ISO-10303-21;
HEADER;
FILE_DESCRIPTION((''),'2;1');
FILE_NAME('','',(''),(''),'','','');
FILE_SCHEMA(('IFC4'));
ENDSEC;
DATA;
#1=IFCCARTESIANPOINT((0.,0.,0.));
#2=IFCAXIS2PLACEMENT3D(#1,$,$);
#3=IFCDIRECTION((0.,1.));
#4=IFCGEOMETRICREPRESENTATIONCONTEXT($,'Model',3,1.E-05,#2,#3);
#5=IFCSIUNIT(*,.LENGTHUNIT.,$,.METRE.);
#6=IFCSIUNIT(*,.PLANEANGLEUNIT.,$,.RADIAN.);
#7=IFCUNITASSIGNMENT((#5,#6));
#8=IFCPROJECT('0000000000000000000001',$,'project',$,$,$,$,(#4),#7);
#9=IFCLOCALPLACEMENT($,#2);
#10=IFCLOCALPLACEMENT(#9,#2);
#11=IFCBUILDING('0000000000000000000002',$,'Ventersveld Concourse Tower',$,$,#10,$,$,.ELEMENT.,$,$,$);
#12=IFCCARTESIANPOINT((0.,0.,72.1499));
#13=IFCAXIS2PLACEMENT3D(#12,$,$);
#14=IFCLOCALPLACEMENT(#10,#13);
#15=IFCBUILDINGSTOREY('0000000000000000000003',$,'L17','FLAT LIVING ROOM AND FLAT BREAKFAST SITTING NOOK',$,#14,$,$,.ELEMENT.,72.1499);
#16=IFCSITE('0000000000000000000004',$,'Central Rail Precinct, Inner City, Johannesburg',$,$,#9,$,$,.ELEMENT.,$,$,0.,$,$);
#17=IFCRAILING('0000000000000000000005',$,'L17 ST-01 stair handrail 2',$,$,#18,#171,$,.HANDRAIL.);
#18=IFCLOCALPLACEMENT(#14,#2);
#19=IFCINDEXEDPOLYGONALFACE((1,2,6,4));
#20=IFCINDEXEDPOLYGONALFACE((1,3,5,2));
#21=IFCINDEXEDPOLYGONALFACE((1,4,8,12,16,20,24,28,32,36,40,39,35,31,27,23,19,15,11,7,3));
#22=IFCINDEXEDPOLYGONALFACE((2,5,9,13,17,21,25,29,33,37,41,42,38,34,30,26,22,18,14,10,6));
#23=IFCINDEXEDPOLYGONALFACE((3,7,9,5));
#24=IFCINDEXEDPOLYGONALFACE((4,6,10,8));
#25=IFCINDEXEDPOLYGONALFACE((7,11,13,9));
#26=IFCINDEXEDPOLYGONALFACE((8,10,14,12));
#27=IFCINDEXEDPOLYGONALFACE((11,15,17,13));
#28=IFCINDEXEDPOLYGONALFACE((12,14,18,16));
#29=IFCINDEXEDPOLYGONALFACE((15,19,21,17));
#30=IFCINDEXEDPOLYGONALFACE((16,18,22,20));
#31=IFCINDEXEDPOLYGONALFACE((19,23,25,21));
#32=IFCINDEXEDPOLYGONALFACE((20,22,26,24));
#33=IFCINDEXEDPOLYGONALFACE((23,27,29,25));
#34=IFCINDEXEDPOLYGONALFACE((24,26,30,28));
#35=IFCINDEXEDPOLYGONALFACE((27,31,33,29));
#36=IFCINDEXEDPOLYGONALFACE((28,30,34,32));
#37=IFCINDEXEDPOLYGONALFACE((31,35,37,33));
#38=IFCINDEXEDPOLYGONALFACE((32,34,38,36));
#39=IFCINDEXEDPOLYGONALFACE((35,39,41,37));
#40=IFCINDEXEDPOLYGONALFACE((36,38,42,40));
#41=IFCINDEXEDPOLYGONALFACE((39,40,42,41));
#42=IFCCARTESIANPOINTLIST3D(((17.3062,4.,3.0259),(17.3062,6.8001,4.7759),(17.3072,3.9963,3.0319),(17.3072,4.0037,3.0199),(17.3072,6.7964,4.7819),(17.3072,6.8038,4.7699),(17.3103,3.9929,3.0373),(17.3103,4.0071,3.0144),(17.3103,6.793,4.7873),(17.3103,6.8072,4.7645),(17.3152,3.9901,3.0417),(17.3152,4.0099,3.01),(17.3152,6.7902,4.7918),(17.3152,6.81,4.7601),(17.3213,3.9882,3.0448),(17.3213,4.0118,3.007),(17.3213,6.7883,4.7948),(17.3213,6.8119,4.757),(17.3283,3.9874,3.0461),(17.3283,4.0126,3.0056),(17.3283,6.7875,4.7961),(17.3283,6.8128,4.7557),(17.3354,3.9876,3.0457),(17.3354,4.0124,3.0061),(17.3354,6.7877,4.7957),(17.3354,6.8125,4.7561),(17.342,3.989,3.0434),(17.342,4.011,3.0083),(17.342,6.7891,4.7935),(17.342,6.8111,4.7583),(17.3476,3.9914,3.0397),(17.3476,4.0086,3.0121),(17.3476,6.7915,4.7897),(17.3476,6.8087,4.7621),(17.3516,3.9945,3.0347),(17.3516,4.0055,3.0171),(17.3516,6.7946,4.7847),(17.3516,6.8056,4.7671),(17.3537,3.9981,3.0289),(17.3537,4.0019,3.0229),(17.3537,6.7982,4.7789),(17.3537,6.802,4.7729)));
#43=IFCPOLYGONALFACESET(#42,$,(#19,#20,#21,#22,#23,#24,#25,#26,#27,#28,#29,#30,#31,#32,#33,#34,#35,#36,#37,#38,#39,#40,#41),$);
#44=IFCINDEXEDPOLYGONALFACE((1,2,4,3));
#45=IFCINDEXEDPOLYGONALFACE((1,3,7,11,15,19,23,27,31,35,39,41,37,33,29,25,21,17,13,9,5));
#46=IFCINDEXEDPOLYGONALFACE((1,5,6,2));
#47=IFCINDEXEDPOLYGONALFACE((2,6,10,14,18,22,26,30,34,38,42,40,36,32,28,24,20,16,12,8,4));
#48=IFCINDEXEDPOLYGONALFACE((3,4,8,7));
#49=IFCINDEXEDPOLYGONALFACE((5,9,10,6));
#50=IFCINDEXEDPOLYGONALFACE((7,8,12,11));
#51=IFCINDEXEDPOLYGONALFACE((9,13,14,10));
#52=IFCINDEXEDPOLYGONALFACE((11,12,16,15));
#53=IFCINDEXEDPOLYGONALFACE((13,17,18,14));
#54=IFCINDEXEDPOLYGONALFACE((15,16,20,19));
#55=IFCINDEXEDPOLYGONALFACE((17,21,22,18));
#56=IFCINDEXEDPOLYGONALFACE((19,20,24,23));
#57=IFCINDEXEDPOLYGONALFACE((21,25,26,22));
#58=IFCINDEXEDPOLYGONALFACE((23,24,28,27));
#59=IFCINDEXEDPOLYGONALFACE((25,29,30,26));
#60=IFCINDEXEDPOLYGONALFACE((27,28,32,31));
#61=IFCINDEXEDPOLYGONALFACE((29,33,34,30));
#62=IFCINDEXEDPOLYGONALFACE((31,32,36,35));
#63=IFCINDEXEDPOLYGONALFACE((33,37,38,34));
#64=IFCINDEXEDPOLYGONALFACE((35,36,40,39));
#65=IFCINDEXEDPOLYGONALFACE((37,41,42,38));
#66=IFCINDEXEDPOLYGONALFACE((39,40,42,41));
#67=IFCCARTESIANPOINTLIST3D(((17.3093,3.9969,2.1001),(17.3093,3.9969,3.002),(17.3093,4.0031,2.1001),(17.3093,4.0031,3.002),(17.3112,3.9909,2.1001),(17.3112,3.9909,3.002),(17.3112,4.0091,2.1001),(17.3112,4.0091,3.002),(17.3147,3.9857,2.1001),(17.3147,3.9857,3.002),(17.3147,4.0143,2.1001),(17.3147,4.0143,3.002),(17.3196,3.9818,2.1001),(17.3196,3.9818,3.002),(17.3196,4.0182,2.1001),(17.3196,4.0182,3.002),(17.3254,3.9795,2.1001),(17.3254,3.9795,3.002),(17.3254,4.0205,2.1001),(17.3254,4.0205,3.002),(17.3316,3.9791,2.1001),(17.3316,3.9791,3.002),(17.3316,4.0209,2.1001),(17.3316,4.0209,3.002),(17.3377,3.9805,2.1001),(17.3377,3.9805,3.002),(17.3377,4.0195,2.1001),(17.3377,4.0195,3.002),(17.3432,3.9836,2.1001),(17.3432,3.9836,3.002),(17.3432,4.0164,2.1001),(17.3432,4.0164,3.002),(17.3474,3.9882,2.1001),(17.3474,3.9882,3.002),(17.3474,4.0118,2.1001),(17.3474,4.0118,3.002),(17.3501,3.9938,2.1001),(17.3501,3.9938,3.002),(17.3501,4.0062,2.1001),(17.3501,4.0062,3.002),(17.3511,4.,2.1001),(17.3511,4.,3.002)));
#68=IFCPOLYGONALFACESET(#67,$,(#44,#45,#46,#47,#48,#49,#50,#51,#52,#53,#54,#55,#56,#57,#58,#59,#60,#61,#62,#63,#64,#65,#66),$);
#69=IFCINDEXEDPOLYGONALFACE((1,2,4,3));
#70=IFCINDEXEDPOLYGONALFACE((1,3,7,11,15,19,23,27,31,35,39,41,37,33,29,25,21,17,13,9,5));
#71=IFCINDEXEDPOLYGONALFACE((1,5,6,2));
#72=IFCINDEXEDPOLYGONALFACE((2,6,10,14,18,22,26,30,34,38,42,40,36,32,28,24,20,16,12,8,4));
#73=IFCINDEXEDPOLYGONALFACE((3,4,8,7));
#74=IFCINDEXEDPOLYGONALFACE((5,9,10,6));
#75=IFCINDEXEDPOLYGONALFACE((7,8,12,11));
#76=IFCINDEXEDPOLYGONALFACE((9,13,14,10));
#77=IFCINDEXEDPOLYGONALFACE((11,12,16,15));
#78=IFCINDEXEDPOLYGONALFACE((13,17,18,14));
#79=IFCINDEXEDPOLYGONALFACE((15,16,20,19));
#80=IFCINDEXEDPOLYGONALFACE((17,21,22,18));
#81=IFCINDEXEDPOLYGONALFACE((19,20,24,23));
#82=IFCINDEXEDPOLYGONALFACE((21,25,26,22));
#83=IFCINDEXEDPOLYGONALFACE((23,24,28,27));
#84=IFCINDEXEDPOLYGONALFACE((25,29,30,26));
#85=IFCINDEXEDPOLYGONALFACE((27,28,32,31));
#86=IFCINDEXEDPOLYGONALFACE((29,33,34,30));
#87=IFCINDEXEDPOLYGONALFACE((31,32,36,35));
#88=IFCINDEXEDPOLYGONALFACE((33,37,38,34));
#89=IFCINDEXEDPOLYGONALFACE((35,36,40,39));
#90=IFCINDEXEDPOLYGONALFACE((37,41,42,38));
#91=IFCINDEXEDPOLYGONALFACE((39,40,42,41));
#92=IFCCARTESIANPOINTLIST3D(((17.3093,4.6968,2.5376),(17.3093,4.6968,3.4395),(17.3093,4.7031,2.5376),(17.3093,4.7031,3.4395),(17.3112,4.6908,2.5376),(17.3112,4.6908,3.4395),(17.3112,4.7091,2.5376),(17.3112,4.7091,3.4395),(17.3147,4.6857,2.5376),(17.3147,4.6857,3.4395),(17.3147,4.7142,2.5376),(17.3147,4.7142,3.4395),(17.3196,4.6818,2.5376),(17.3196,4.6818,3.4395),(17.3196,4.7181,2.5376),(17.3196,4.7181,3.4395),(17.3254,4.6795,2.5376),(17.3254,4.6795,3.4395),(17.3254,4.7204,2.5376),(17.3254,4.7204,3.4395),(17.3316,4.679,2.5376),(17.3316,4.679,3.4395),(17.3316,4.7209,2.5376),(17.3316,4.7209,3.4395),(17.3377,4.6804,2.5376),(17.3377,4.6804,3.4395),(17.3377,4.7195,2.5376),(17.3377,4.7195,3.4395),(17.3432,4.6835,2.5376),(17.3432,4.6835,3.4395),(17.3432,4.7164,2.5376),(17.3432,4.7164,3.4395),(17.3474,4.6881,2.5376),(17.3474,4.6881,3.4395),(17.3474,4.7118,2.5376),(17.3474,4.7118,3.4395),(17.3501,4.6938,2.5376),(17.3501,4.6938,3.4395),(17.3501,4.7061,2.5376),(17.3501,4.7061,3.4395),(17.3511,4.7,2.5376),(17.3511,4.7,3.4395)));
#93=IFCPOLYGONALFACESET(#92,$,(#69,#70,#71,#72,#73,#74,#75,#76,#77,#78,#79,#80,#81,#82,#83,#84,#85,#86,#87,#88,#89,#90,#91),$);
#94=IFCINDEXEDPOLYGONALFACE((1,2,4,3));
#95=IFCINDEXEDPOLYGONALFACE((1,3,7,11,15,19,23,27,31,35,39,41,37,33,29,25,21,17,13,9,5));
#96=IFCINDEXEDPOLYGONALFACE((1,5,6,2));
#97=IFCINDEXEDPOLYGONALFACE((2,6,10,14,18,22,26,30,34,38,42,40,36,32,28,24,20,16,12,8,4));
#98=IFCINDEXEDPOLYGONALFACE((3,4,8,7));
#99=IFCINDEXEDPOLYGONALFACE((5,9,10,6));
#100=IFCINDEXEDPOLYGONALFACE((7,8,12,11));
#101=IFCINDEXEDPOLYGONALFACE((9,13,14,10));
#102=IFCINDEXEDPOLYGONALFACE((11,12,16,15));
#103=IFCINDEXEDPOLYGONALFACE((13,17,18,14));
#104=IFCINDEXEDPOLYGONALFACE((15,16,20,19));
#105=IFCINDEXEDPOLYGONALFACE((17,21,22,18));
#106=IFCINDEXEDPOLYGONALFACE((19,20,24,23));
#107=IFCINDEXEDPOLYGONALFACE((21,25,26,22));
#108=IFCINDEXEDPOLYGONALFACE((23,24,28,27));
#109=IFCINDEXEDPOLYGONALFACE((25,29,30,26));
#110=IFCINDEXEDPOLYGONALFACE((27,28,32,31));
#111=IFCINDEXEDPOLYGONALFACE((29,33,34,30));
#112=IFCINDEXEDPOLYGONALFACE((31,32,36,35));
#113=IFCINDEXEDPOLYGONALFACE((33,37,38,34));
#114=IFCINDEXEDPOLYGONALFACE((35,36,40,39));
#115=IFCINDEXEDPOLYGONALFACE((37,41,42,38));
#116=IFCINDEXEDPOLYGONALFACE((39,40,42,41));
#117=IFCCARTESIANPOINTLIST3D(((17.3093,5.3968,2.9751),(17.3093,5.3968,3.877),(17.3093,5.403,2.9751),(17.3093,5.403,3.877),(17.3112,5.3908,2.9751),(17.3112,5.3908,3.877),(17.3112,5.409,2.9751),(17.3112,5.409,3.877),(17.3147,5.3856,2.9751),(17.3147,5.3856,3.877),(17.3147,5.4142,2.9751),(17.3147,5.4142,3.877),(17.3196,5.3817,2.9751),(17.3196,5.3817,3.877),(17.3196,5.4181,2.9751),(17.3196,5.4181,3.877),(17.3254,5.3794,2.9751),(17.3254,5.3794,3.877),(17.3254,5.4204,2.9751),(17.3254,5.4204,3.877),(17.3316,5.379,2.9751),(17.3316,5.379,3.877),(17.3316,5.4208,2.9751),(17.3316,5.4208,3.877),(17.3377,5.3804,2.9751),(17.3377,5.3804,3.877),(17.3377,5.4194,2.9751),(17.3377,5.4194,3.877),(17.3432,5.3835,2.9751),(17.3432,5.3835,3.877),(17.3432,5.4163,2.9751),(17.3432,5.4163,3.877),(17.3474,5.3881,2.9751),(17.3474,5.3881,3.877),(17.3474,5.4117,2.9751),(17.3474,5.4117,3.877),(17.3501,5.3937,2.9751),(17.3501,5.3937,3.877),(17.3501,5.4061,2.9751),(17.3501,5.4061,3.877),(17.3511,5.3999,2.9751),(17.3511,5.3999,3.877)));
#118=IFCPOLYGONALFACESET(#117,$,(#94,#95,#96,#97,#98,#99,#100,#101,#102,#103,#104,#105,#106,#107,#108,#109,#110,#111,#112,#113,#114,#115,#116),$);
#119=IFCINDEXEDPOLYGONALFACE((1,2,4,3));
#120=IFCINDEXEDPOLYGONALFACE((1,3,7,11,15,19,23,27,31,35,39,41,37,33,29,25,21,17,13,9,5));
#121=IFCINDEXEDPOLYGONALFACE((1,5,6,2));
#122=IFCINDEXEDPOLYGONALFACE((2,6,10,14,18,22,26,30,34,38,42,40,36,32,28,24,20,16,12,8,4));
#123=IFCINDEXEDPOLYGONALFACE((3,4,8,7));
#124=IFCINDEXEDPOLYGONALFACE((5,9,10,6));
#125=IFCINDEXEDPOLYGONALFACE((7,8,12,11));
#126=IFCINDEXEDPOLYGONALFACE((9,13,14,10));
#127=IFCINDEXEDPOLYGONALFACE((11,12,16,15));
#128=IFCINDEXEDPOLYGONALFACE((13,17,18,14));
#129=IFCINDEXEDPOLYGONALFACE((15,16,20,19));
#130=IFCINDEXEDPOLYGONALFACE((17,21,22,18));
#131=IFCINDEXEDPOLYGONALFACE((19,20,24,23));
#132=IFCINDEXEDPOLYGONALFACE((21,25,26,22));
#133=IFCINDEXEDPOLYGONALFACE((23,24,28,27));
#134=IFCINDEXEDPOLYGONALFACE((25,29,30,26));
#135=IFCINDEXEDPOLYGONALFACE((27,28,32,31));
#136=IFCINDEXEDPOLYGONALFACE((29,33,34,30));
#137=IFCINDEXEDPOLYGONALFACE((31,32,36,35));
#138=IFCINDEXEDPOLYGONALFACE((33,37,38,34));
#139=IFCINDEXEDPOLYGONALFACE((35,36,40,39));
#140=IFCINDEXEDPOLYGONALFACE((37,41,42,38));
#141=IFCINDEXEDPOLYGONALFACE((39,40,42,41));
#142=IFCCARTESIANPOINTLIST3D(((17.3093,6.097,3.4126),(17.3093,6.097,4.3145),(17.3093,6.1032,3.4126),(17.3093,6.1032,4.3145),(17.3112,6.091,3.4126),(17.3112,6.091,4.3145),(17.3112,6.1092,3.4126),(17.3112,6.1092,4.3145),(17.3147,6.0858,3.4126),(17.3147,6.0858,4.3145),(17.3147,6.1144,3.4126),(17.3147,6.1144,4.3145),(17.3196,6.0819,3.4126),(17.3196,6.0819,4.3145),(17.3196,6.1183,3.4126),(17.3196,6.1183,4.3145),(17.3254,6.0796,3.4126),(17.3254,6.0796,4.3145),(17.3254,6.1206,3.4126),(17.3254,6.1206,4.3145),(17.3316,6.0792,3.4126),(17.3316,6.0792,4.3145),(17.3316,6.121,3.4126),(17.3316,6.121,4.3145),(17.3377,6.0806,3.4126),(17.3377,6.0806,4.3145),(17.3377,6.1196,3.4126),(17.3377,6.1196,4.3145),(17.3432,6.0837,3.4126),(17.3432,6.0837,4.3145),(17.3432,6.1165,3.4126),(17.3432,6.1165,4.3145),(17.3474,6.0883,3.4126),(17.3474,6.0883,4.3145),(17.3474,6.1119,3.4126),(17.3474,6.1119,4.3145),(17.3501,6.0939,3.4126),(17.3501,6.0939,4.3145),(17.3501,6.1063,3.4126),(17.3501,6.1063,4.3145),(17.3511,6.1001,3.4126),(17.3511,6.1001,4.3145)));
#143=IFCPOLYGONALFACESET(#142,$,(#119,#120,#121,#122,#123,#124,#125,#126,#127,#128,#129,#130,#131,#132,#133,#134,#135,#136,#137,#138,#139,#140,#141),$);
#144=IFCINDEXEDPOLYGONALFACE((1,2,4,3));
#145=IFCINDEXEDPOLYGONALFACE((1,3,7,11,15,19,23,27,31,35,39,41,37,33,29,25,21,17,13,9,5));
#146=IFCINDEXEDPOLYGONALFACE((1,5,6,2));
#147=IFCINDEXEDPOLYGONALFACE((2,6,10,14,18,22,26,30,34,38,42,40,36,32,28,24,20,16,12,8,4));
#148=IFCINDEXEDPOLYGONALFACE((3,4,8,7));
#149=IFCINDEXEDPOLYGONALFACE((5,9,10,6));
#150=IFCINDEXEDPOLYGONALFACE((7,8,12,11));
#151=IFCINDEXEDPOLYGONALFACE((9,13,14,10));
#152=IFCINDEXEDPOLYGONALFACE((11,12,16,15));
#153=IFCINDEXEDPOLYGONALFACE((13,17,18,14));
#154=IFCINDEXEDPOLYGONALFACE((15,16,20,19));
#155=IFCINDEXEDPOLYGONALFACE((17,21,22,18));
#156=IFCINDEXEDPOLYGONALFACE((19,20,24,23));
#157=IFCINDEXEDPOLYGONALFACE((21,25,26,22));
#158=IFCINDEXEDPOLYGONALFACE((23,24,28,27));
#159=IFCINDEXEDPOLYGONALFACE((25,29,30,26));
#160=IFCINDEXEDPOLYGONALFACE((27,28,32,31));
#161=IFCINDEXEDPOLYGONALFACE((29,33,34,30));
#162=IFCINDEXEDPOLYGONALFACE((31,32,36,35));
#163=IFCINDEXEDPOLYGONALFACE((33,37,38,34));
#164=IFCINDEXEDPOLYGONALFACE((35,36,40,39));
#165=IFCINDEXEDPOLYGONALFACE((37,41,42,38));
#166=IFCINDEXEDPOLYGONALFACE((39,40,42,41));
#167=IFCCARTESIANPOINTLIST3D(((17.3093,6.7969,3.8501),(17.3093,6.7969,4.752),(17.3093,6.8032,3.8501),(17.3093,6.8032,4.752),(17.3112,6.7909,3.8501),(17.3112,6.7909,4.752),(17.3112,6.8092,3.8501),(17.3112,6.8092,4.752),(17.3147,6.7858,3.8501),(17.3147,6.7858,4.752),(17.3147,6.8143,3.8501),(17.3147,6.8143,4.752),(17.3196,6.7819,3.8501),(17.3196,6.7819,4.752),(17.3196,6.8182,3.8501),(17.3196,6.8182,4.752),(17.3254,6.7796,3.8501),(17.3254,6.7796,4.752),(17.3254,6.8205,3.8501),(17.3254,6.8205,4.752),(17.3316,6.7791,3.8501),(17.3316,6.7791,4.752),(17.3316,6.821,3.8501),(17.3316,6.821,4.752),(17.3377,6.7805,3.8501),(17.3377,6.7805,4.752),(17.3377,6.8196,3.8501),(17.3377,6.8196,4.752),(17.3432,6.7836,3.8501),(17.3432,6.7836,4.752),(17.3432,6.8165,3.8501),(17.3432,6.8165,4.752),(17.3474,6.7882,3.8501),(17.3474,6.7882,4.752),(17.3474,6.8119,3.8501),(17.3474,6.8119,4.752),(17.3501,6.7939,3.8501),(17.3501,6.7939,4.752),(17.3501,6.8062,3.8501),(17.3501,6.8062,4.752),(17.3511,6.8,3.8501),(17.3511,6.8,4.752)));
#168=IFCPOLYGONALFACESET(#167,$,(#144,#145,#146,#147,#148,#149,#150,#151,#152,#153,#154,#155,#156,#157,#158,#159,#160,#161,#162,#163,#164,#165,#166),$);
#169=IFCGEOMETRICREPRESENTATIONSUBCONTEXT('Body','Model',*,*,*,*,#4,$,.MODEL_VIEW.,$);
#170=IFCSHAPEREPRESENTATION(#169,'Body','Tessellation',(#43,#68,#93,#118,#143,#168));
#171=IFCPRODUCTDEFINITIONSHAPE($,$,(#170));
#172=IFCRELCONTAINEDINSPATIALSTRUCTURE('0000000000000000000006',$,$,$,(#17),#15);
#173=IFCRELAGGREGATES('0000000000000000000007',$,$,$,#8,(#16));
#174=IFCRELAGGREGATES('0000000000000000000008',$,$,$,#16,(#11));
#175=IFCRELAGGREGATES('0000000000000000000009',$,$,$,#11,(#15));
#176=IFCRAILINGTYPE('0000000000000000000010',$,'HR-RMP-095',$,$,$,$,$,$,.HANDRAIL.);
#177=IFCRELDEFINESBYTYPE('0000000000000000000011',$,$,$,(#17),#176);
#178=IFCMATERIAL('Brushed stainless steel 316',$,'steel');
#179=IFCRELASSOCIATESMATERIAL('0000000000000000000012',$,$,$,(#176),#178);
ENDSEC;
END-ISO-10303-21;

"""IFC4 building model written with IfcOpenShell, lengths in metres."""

from ifc_helpers import new_model, si_unit, direction, frame, origin, origin_2d, place, context, subcontext, project, spatial, circle, extrude, material, type_object, element, save


model = new_model("IFC4")

# Units and contexts
model_context = context("Model", 3, precision=1e-05, world=origin(), true_north=direction((0.0, 1.0)))
body_context = subcontext(model_context, "Body", "Model", "MODEL_VIEW")
ifc_project = project(units=[si_unit("LENGTHUNIT", "METRE"), si_unit("PLANEANGLEUNIT", "RADIAN")], contexts=[model_context])

# Site, building, storey
site_placement = place(None, origin())
site = spatial("IfcSite", under=ifc_project, at=site_placement, Name="Central Rail Precinct, Inner City, Johannesburg", CompositionType="ELEMENT", RefElevation=0.0)
building_placement = place(site_placement, origin())
building = spatial("IfcBuilding", under=site, at=building_placement, Name="Ventersveld Concourse Tower", CompositionType="ELEMENT")
storey_placement = place(building_placement, frame((0.0, 0.0, 72.1499)))
storey = spatial("IfcBuildingStorey", under=building, at=storey_placement, Name="L17", Description="FLAT LIVING ROOM AND FLAT BREAKFAST SITTING NOOK", CompositionType="ELEMENT", Elevation=72.1499)

# Shared definitions
ifc_material_1 = material(Name="Brushed stainless steel 316", Category="steel")

# Railing
railing_type_1 = type_object("IfcRailingType", Name="HR-RMP-095", PredefinedType="HANDRAIL", material=ifc_material_1)
railing_1_placement = place(storey_placement, frame((17.3301, 4.0, 2.1001)))
element("IfcRailing", 1, at=railing_1_placement, inside=storey, type_object=railing_type_1, Name="L17 ST-01 stair handrail 2", PredefinedType="HANDRAIL", context=body_context, shape_type="SweptSolid", body=[
    extrude(circle(Radius=0.0239, at=origin_2d()), frame((0.0, 0.0, 0.9258), z_axis=(0.0, 0.848002, 0.529992), x_axis=(-1.0, 0.0, 0.0)), (0.0, 0.0, 1.0), 3.302),
    extrude(circle(Radius=0.021, at=origin_2d()), origin(), (0.0, 0.0, 1.0), 0.9019),
    extrude(circle(Radius=0.021, at=origin_2d()), frame((0.0, 0.7, 0.4375)), (0.0, 0.0, 1.0), 0.9019),
    extrude(circle(Radius=0.021, at=origin_2d()), frame((0.0, 1.3999, 0.875)), (0.0, 0.0, 1.0), 0.9019),
    extrude(circle(Radius=0.021, at=origin_2d()), frame((0.0, 2.1001, 1.3125)), (0.0, 0.0, 1.0), 0.9019),
    extrude(circle(Radius=0.021, at=origin_2d()), frame((0.0, 2.8, 1.75)), (0.0, 0.0, 1.0), 0.9019),
])

save(model, "model.ifc")
